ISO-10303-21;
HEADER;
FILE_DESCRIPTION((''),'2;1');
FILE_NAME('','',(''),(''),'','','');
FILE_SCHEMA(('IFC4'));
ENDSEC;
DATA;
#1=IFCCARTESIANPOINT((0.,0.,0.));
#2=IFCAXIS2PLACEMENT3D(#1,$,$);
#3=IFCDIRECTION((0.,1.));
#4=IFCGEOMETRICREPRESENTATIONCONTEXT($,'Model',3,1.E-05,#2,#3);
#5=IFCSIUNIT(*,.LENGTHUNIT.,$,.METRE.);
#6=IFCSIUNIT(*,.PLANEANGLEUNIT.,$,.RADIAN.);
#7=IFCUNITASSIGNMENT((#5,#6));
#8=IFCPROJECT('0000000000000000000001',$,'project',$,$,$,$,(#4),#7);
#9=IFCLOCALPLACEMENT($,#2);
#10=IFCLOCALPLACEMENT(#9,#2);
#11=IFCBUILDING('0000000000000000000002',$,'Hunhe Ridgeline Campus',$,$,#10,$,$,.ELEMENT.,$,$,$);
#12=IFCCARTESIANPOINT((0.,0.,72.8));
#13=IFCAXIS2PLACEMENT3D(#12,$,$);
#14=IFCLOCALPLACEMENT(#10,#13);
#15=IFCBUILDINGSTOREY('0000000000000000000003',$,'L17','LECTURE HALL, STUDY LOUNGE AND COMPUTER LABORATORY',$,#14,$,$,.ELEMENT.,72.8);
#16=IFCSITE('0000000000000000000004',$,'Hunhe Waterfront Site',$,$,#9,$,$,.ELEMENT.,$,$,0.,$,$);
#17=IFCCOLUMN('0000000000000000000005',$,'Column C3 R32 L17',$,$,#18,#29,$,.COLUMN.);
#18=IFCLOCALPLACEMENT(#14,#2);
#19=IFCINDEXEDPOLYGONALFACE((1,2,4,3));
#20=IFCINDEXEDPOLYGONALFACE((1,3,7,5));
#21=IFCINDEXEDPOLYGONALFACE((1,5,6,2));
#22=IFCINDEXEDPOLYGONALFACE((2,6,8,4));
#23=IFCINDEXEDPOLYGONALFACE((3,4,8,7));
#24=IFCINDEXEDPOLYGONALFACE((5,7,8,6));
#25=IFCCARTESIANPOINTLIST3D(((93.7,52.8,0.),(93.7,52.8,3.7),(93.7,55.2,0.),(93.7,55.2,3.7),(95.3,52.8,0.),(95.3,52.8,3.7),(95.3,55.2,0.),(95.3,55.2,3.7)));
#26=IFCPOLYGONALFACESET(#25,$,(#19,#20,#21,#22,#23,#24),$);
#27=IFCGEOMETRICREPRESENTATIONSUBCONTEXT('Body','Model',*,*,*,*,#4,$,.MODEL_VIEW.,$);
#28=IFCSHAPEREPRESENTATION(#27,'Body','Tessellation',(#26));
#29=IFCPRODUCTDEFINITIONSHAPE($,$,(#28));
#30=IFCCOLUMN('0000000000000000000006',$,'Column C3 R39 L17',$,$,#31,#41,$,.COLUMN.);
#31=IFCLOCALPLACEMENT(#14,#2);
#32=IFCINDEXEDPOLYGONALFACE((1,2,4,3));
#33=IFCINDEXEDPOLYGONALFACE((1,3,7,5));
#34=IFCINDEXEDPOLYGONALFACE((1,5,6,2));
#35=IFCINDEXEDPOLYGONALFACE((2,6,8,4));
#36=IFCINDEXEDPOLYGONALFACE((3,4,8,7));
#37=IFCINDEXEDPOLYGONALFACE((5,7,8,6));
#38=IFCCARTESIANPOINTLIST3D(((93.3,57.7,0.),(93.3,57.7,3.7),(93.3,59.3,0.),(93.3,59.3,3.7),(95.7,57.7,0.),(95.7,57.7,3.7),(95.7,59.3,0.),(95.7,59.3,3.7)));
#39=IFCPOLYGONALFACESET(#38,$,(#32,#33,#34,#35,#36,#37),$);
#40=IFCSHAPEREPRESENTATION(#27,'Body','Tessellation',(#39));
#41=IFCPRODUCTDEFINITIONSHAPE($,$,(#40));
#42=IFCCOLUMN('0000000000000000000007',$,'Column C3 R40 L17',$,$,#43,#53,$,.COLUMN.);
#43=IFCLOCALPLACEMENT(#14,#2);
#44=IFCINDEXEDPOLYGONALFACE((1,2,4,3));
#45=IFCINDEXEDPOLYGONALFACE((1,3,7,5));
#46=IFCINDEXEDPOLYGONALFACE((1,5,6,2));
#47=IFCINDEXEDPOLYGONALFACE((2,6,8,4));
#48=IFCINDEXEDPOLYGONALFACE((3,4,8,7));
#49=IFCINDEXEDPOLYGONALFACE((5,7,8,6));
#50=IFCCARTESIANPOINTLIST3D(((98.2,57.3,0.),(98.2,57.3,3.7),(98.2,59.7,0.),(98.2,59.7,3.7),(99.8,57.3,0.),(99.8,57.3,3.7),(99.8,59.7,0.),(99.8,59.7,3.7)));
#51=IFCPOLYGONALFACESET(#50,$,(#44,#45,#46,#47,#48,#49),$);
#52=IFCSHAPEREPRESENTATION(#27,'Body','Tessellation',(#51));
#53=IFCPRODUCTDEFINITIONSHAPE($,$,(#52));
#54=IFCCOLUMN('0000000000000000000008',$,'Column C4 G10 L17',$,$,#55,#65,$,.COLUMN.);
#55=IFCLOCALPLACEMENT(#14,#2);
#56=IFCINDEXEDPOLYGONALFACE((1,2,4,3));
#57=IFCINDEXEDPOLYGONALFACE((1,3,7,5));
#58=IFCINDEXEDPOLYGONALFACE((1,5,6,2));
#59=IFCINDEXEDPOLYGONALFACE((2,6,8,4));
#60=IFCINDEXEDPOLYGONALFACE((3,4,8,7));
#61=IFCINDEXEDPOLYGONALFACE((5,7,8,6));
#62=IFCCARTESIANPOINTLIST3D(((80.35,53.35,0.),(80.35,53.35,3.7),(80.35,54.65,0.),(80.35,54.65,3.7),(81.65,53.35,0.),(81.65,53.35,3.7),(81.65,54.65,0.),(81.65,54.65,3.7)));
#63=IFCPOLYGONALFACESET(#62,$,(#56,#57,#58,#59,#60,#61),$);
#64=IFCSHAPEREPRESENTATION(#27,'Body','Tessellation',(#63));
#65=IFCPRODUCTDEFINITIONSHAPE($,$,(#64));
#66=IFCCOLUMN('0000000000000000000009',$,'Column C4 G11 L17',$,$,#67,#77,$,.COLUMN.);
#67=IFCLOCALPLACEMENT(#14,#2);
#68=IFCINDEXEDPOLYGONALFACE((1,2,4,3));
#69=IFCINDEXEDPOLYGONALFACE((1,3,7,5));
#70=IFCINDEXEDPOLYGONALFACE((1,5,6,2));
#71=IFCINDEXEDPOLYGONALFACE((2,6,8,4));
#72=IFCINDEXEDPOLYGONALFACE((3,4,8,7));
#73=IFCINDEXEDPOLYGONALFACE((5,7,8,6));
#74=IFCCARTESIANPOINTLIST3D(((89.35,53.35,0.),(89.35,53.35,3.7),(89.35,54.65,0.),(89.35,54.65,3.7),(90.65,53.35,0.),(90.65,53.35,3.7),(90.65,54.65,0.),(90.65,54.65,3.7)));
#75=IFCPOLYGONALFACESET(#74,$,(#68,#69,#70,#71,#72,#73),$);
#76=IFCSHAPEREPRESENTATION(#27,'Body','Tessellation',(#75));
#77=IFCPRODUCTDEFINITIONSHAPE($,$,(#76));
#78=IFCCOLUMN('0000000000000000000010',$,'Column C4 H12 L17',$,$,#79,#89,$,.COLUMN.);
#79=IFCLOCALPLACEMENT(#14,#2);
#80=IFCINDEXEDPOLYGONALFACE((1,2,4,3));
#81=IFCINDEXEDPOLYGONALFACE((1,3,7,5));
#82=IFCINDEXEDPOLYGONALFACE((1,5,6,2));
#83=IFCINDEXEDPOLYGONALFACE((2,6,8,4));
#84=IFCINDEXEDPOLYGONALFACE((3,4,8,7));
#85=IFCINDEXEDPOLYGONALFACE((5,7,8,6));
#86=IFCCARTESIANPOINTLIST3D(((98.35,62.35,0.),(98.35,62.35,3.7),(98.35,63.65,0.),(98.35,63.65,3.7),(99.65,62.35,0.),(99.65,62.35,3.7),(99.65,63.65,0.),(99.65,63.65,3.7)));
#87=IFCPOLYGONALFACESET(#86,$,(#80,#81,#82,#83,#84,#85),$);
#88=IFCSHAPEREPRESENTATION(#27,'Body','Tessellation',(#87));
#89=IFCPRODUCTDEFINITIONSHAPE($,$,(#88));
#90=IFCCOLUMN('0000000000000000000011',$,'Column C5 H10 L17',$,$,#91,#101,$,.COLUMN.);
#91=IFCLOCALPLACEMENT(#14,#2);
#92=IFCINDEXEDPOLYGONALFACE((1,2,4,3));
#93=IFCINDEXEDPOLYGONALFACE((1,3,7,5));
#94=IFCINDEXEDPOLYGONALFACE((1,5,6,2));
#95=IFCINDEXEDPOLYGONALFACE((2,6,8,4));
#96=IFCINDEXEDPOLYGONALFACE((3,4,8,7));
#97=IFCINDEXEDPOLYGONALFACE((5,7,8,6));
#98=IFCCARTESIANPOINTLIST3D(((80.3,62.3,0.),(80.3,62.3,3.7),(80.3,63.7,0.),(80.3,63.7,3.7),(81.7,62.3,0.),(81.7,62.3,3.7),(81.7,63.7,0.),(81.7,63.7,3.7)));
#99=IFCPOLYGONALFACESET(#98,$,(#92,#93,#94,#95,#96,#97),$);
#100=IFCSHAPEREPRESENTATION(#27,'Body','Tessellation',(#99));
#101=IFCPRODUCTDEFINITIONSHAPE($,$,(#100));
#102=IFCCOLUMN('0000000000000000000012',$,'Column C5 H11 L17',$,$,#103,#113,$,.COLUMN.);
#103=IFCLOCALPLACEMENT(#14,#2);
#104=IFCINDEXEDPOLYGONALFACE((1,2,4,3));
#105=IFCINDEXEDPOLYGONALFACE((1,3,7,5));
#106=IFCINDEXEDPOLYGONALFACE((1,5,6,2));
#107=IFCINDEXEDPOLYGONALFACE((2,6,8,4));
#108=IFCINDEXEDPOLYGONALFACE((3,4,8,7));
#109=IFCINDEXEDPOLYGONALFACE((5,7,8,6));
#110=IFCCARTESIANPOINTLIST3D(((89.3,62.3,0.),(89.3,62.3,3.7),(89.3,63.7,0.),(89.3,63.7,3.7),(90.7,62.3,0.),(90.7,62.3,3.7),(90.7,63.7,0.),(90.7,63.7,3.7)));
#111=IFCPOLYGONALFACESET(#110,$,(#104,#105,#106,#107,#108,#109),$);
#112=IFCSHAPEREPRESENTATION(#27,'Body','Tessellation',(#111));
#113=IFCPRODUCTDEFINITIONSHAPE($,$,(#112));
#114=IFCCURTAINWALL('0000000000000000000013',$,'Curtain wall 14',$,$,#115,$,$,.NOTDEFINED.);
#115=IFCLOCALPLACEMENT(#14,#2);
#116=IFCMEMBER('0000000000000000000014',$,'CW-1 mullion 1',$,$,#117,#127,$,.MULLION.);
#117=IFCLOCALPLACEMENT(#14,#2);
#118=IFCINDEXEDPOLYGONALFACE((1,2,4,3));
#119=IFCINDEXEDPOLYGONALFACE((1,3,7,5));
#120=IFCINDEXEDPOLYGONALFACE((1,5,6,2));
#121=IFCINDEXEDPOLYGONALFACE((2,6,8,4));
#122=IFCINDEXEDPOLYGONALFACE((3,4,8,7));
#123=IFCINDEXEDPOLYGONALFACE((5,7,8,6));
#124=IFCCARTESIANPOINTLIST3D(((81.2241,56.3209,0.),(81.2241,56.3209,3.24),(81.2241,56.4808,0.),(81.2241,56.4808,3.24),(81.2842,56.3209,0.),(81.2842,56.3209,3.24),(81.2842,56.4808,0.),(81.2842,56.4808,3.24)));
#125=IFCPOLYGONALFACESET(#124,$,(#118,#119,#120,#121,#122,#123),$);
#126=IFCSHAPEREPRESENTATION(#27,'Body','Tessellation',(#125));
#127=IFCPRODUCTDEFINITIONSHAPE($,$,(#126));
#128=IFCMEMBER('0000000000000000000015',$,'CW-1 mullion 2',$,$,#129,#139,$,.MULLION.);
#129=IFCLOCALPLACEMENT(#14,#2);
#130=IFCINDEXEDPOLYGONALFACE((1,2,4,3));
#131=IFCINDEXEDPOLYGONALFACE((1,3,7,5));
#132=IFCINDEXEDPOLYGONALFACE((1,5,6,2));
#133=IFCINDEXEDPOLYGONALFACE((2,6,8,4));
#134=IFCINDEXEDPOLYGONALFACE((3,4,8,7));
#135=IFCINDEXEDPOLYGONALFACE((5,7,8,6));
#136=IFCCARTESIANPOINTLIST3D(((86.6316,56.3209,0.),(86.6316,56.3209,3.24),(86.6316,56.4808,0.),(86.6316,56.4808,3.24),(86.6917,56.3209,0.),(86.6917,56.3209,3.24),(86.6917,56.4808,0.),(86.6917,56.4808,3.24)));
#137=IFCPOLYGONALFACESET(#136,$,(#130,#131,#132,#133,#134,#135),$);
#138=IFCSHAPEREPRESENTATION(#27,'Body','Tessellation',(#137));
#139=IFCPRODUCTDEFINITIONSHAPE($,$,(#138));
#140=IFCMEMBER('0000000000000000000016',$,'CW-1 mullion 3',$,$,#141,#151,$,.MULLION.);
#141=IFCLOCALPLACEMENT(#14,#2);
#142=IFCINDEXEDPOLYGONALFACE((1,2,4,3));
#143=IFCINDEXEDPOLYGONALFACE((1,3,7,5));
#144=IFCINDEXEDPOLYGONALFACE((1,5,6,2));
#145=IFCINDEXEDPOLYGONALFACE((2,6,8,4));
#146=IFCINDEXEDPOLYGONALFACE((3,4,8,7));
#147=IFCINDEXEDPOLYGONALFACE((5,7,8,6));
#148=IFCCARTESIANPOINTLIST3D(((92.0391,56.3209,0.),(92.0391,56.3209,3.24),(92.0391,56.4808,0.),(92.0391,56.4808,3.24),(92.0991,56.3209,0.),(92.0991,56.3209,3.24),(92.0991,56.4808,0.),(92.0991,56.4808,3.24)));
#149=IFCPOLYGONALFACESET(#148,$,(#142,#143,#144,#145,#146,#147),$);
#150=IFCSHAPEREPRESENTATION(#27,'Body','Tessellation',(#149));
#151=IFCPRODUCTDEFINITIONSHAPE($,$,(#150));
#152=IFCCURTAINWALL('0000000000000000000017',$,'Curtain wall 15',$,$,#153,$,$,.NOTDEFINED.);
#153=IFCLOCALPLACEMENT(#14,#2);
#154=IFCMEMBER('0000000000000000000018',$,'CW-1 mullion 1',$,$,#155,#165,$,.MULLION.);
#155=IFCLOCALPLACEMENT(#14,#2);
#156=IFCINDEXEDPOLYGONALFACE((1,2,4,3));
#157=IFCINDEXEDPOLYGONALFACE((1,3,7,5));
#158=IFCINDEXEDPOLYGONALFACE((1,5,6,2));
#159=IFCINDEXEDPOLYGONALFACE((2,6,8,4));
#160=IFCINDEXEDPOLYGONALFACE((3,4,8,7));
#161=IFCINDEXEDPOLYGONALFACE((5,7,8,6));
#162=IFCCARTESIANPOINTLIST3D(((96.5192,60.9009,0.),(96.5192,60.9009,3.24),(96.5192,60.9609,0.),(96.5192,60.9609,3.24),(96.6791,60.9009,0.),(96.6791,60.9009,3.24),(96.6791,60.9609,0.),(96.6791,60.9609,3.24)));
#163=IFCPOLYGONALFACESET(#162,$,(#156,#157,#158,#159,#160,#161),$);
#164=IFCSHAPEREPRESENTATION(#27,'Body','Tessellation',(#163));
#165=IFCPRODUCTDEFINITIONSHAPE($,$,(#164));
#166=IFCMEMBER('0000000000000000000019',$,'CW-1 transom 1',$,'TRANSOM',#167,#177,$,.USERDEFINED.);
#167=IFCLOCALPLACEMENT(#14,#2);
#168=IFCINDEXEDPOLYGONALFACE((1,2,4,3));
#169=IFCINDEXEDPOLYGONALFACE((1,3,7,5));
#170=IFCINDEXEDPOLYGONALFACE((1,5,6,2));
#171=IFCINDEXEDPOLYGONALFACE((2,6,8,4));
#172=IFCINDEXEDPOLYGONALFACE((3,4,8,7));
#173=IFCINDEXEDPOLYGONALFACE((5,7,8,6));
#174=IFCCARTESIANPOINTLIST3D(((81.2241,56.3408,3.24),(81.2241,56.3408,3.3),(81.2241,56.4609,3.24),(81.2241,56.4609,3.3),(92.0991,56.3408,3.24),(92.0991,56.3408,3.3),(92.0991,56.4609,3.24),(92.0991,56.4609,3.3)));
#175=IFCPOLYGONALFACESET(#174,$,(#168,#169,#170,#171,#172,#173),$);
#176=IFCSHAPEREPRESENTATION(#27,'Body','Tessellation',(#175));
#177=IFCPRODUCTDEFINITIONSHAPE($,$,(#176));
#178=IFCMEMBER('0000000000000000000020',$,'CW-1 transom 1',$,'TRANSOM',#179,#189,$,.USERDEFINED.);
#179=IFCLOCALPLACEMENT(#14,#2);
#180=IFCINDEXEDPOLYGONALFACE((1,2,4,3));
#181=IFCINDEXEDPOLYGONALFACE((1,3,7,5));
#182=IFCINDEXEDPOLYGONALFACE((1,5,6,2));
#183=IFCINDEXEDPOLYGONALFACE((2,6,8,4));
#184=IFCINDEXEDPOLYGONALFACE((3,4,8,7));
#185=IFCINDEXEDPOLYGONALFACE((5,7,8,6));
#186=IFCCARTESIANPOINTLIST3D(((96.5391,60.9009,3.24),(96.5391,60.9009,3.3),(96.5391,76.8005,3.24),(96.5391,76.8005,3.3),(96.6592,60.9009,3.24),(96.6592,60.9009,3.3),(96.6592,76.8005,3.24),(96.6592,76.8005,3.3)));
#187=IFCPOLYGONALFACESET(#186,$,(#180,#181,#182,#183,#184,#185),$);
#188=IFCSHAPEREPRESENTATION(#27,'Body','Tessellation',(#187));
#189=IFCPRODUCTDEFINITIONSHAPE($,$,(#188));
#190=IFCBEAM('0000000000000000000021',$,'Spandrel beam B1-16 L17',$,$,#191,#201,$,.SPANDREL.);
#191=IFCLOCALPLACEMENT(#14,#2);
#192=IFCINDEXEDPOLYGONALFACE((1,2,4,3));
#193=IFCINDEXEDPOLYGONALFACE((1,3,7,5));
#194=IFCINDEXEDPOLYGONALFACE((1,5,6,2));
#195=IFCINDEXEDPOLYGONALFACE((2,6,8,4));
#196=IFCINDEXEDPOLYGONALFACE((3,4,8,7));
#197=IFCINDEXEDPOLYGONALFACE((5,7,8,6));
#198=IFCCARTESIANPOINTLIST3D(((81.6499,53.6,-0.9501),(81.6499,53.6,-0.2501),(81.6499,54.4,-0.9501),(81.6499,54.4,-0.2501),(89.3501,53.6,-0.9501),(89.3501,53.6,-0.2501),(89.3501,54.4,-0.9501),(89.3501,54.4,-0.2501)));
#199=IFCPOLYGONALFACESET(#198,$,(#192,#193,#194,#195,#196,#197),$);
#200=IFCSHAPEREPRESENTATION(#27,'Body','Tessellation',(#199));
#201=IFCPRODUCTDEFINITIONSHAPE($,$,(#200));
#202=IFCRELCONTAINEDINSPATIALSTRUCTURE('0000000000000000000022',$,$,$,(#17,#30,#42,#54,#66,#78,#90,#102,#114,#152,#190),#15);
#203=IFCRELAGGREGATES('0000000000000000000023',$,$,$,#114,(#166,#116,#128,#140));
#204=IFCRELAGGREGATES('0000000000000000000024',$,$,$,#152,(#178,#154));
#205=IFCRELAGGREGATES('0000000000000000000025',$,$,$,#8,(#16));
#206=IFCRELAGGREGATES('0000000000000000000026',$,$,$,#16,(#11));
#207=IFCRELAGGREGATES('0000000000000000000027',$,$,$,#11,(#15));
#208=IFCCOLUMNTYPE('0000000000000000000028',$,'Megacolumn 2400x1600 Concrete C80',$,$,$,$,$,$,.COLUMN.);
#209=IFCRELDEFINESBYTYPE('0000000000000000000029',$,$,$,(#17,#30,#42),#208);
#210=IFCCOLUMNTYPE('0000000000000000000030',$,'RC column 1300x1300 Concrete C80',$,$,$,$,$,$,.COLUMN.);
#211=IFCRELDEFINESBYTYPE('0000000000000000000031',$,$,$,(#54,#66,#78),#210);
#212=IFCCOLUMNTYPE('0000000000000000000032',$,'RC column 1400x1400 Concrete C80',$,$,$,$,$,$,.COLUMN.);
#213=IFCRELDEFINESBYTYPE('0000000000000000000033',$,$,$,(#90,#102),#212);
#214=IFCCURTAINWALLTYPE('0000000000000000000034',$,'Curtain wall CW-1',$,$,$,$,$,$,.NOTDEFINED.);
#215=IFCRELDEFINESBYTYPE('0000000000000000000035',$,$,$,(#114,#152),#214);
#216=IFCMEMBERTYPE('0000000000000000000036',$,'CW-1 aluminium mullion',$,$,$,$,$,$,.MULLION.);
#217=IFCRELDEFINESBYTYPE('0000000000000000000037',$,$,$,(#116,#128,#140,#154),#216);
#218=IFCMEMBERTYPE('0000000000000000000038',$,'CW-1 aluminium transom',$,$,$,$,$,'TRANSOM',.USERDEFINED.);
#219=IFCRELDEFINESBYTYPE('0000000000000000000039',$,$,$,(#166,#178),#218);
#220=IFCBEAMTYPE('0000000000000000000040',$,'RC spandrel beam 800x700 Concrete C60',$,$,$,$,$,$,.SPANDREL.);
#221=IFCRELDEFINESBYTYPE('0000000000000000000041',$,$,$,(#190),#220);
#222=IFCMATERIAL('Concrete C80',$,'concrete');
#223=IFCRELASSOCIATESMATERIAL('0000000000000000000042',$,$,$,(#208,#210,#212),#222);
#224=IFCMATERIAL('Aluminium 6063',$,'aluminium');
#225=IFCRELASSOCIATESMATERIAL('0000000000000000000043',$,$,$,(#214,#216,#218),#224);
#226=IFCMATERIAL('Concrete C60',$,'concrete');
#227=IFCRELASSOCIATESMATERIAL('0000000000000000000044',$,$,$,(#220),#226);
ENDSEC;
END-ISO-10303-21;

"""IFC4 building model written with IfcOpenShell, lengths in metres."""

from ifc_helpers import new_model, si_unit, direction, frame, origin, origin_2d, place, context, subcontext, project, spatial, rectangle, extrude, material, material_profile, profile_set, type_object, element, aggregate, save


model = new_model("IFC4")

# Units and contexts
model_context = context("Model", 3, precision=1e-05, world=origin(), true_north=direction((0.0, 1.0)))
body_context = subcontext(model_context, "Body", "Model", "MODEL_VIEW")
ifc_project = project(units=[si_unit("LENGTHUNIT", "METRE"), si_unit("PLANEANGLEUNIT", "RADIAN")], contexts=[model_context])

# Site, building, storey
site_placement = place(None, origin())
site = spatial("IfcSite", under=ifc_project, at=site_placement, Name="Hunhe Waterfront Site", CompositionType="ELEMENT", RefElevation=0.0)
building_placement = place(site_placement, origin())
building = spatial("IfcBuilding", under=site, at=building_placement, Name="Hunhe Ridgeline Campus", CompositionType="ELEMENT")
storey_placement = place(building_placement, frame((0.0, 0.0, 72.8)))
storey = spatial("IfcBuildingStorey", under=building, at=storey_placement, Name="L17", Description="LECTURE HALL, STUDY LOUNGE AND COMPUTER LABORATORY", CompositionType="ELEMENT", Elevation=72.8)

# Columns
ifc_material_1 = material(Name="Concrete C80", Category="concrete")
ifc_material_profile_1 = material_profile(ifc_material_1, rectangle(XDim=2.3999, YDim=1.6001, at=origin_2d()))
ifc_profile_set_1 = profile_set([ifc_material_profile_1], Name="Concrete C80")
column_type_1 = type_object("IfcColumnType", Name="Megacolumn 2400x1600 Concrete C80", PredefinedType="COLUMN", material=ifc_profile_set_1)
for number, where, z_axis, x_axis, name in (
    (1, (94.5, 54.0, 0.0), (0.0, 0.0, 1.0), (0.0, 1.0, 0.0), "Column C3 R32 L17"),
    (2, (94.5, 58.5, 0.0), (0.0, 0.0, 1.0), (1.0, 0.0, 0.0), "Column C3 R39 L17"),
    (3, (99.0, 58.5, 0.0), (0.0, 0.0, 1.0), (0.0, 1.0, 0.0), "Column C3 R40 L17"),
):
    element("IfcColumn", number, at=place(storey_placement, frame(where, z_axis=z_axis, x_axis=x_axis)), inside=storey, type_object=column_type_1, Name=name, PredefinedType="COLUMN", context=body_context, shape_type="SweptSolid", body=[
        extrude(rectangle(XDim=2.3999, YDim=1.6001, at=origin_2d()), origin(), (0.0, 0.0, 1.0), 3.7),
    ])
ifc_material_profile_2 = material_profile(ifc_material_1, rectangle(XDim=1.3, YDim=1.3, at=origin_2d()))
ifc_profile_set_2 = profile_set([ifc_material_profile_2], Name="Concrete C80")
column_type_2 = type_object("IfcColumnType", Name="RC column 1300x1300 Concrete C80", PredefinedType="COLUMN", material=ifc_profile_set_2)
for number, where, z_axis, x_axis, name in (
    (4, (81.0, 54.0, 0.0), (0.0, 0.0, 1.0), (1.0, 0.0, 0.0), "Column C4 G10 L17"),
    (5, (90.0, 54.0, 0.0), (0.0, 0.0, 1.0), (1.0, 0.0, 0.0), "Column C4 G11 L17"),
    (6, (99.0, 63.0, 0.0), (0.0, 0.0, 1.0), (1.0, 0.0, 0.0), "Column C4 H12 L17"),
):
    element("IfcColumn", number, at=place(storey_placement, frame(where, z_axis=z_axis, x_axis=x_axis)), inside=storey, type_object=column_type_2, Name=name, PredefinedType="COLUMN", context=body_context, shape_type="SweptSolid", body=[
        extrude(rectangle(XDim=1.3, YDim=1.3, at=origin_2d()), origin(), (0.0, 0.0, 1.0), 3.7),
    ])
ifc_material_profile_3 = material_profile(ifc_material_1, rectangle(XDim=1.3999, YDim=1.3999, at=origin_2d()))
ifc_profile_set_3 = profile_set([ifc_material_profile_3], Name="Concrete C80")
column_type_3 = type_object("IfcColumnType", Name="RC column 1400x1400 Concrete C80", PredefinedType="COLUMN", material=ifc_profile_set_3)
for number, where, z_axis, x_axis, name in (
    (7, (81.0, 63.0, 0.0), (0.0, 0.0, 1.0), (1.0, 0.0, 0.0), "Column C5 H10 L17"),
    (8, (90.0, 63.0, 0.0), (0.0, 0.0, 1.0), (1.0, 0.0, 0.0), "Column C5 H11 L17"),
):
    element("IfcColumn", number, at=place(storey_placement, frame(where, z_axis=z_axis, x_axis=x_axis)), inside=storey, type_object=column_type_3, Name=name, PredefinedType="COLUMN", context=body_context, shape_type="SweptSolid", body=[
        extrude(rectangle(XDim=1.3999, YDim=1.3999, at=origin_2d()), origin(), (0.0, 0.0, 1.0), 3.7),
    ])

# Curtain wall, members
ifc_material_2 = material(Name="Aluminium 6063", Category="aluminium")
curtain_wall_type = type_object("IfcCurtainWallType", Name="Curtain wall CW-1", PredefinedType="NOTDEFINED", material=ifc_material_2)
curtain_wall_1_placement = place(storey_placement, origin())
curtain_wall_1 = element("IfcCurtainWall", 9, at=curtain_wall_1_placement, inside=storey, type_object=curtain_wall_type, Name="Curtain wall 14", PredefinedType="NOTDEFINED")
ifc_material_profile_4 = material_profile(ifc_material_2, rectangle(XDim=0.1599, YDim=0.0601, at=origin_2d()))
ifc_profile_set_4 = profile_set([ifc_material_profile_4], Name="Aluminium 6063")
member_type_1 = type_object("IfcMemberType", Name="CW-1 aluminium mullion", PredefinedType="MULLION", material=ifc_profile_set_4)
member_1_placement = place(storey_placement, frame((81.2542, 56.4009, 0.0), z_axis=(0.0, 0.0, 1.0), x_axis=(-0.000004, 1.0, 0.0)))
member_1 = element("IfcMember", 10, at=member_1_placement, type_object=member_type_1, Name="CW-1 mullion 1", PredefinedType="MULLION", context=body_context, shape_type="SweptSolid", body=[
    extrude(rectangle(XDim=0.1599, YDim=0.0601, at=origin_2d()), origin(), (0.0, 0.0, 1.0), 3.24),
])
member_2_placement = place(storey_placement, frame((86.6616, 56.4009, 0.0), z_axis=(0.0, 0.0, 1.0), x_axis=(-0.000004, 1.0, 0.0)))
member_2 = element("IfcMember", 11, at=member_2_placement, type_object=member_type_1, Name="CW-1 mullion 2", PredefinedType="MULLION", context=body_context, shape_type="SweptSolid", body=[
    extrude(rectangle(XDim=0.1599, YDim=0.0601, at=origin_2d()), origin(), (0.0, 0.0, 1.0), 3.24),
])
member_3_placement = place(storey_placement, frame((92.0691, 56.4009, 0.0), z_axis=(0.0, 0.0, 1.0), x_axis=(-0.000004, 1.0, 0.0)))
member_3 = element("IfcMember", 12, at=member_3_placement, type_object=member_type_1, Name="CW-1 mullion 3", PredefinedType="MULLION", context=body_context, shape_type="SweptSolid", body=[
    extrude(rectangle(XDim=0.1599, YDim=0.0601, at=origin_2d()), origin(), (0.0, 0.0, 1.0), 3.24),
])

# Curtain wall, member
curtain_wall_2_placement = place(storey_placement, origin())
curtain_wall_2 = element("IfcCurtainWall", 13, at=curtain_wall_2_placement, inside=storey, type_object=curtain_wall_type, Name="Curtain wall 15", PredefinedType="NOTDEFINED")
member_4_placement = place(storey_placement, frame((96.5991, 60.9309, 0.0), z_axis=(0.0, 0.0, 1.0), x_axis=(-1.0, 0.0, 0.0)))
member_4 = element("IfcMember", 14, at=member_4_placement, type_object=member_type_1, Name="CW-1 mullion 1", PredefinedType="MULLION", context=body_context, shape_type="SweptSolid", body=[
    extrude(rectangle(XDim=0.1599, YDim=0.0601, at=origin_2d()), origin(), (0.0, 0.0, 1.0), 3.24),
])

# Members
ifc_material_profile_5 = material_profile(ifc_material_2, rectangle(XDim=0.1201, YDim=0.0601, at=origin_2d()))
ifc_profile_set_5 = profile_set([ifc_material_profile_5], Name="Aluminium 6063")
member_type_2 = type_object("IfcMemberType", Name="CW-1 aluminium transom", ElementType="TRANSOM", PredefinedType="USERDEFINED", material=ifc_profile_set_5)
member_5_placement = place(storey_placement, frame((81.2241, 56.4009, 3.27), z_axis=(1.0, 0.0, 0.0), x_axis=(0.0, 1.0, 0.0)))
member_5 = element("IfcMember", 15, at=member_5_placement, type_object=member_type_2, Name="CW-1 transom 1", ObjectType="TRANSOM", PredefinedType="USERDEFINED", context=body_context, shape_type="SweptSolid", body=[
    extrude(rectangle(XDim=0.1201, YDim=0.0601, at=origin_2d()), origin(), (0.0, 0.0, 1.0), 10.875),
])
member_6_placement = place(storey_placement, frame((96.5991, 60.9009, 3.27), z_axis=(0.0, 1.0, 0.0), x_axis=(-1.0, 0.0, 0.0)))
member_6 = element("IfcMember", 16, at=member_6_placement, type_object=member_type_2, Name="CW-1 transom 1", ObjectType="TRANSOM", PredefinedType="USERDEFINED", context=body_context, shape_type="SweptSolid", body=[
    extrude(rectangle(XDim=0.1201, YDim=0.0601, at=origin_2d()), origin(), (0.0, 0.0, 1.0), 15.8997),
])

# Beam
ifc_material_3 = material(Name="Concrete C60", Category="concrete")
ifc_material_profile_6 = material_profile(ifc_material_3, rectangle(XDim=0.8, YDim=0.7, at=origin_2d()))
ifc_profile_set_6 = profile_set([ifc_material_profile_6], Name="Concrete C60")
beam_type = type_object("IfcBeamType", Name="RC spandrel beam 800x700 Concrete C60", PredefinedType="SPANDREL", material=ifc_profile_set_6)
beam_1_placement = place(storey_placement, frame((81.6499, 54.0, -0.6001), z_axis=(1.0, 0.0, 0.0), x_axis=(0.0, 1.0, 0.0)))
element("IfcBeam", 17, at=beam_1_placement, inside=storey, type_object=beam_type, Name="Spandrel beam B1-16 L17", PredefinedType="SPANDREL", context=body_context, shape_type="SweptSolid", body=[
    extrude(rectangle(XDim=0.8, YDim=0.7, at=origin_2d()), origin(), (0.0, 0.0, 1.0), 7.7002),
])

aggregate(curtain_wall_1, [member_5, member_1, member_2, member_3])
aggregate(curtain_wall_2, [member_6, member_4])

save(model, "model.ifc")
